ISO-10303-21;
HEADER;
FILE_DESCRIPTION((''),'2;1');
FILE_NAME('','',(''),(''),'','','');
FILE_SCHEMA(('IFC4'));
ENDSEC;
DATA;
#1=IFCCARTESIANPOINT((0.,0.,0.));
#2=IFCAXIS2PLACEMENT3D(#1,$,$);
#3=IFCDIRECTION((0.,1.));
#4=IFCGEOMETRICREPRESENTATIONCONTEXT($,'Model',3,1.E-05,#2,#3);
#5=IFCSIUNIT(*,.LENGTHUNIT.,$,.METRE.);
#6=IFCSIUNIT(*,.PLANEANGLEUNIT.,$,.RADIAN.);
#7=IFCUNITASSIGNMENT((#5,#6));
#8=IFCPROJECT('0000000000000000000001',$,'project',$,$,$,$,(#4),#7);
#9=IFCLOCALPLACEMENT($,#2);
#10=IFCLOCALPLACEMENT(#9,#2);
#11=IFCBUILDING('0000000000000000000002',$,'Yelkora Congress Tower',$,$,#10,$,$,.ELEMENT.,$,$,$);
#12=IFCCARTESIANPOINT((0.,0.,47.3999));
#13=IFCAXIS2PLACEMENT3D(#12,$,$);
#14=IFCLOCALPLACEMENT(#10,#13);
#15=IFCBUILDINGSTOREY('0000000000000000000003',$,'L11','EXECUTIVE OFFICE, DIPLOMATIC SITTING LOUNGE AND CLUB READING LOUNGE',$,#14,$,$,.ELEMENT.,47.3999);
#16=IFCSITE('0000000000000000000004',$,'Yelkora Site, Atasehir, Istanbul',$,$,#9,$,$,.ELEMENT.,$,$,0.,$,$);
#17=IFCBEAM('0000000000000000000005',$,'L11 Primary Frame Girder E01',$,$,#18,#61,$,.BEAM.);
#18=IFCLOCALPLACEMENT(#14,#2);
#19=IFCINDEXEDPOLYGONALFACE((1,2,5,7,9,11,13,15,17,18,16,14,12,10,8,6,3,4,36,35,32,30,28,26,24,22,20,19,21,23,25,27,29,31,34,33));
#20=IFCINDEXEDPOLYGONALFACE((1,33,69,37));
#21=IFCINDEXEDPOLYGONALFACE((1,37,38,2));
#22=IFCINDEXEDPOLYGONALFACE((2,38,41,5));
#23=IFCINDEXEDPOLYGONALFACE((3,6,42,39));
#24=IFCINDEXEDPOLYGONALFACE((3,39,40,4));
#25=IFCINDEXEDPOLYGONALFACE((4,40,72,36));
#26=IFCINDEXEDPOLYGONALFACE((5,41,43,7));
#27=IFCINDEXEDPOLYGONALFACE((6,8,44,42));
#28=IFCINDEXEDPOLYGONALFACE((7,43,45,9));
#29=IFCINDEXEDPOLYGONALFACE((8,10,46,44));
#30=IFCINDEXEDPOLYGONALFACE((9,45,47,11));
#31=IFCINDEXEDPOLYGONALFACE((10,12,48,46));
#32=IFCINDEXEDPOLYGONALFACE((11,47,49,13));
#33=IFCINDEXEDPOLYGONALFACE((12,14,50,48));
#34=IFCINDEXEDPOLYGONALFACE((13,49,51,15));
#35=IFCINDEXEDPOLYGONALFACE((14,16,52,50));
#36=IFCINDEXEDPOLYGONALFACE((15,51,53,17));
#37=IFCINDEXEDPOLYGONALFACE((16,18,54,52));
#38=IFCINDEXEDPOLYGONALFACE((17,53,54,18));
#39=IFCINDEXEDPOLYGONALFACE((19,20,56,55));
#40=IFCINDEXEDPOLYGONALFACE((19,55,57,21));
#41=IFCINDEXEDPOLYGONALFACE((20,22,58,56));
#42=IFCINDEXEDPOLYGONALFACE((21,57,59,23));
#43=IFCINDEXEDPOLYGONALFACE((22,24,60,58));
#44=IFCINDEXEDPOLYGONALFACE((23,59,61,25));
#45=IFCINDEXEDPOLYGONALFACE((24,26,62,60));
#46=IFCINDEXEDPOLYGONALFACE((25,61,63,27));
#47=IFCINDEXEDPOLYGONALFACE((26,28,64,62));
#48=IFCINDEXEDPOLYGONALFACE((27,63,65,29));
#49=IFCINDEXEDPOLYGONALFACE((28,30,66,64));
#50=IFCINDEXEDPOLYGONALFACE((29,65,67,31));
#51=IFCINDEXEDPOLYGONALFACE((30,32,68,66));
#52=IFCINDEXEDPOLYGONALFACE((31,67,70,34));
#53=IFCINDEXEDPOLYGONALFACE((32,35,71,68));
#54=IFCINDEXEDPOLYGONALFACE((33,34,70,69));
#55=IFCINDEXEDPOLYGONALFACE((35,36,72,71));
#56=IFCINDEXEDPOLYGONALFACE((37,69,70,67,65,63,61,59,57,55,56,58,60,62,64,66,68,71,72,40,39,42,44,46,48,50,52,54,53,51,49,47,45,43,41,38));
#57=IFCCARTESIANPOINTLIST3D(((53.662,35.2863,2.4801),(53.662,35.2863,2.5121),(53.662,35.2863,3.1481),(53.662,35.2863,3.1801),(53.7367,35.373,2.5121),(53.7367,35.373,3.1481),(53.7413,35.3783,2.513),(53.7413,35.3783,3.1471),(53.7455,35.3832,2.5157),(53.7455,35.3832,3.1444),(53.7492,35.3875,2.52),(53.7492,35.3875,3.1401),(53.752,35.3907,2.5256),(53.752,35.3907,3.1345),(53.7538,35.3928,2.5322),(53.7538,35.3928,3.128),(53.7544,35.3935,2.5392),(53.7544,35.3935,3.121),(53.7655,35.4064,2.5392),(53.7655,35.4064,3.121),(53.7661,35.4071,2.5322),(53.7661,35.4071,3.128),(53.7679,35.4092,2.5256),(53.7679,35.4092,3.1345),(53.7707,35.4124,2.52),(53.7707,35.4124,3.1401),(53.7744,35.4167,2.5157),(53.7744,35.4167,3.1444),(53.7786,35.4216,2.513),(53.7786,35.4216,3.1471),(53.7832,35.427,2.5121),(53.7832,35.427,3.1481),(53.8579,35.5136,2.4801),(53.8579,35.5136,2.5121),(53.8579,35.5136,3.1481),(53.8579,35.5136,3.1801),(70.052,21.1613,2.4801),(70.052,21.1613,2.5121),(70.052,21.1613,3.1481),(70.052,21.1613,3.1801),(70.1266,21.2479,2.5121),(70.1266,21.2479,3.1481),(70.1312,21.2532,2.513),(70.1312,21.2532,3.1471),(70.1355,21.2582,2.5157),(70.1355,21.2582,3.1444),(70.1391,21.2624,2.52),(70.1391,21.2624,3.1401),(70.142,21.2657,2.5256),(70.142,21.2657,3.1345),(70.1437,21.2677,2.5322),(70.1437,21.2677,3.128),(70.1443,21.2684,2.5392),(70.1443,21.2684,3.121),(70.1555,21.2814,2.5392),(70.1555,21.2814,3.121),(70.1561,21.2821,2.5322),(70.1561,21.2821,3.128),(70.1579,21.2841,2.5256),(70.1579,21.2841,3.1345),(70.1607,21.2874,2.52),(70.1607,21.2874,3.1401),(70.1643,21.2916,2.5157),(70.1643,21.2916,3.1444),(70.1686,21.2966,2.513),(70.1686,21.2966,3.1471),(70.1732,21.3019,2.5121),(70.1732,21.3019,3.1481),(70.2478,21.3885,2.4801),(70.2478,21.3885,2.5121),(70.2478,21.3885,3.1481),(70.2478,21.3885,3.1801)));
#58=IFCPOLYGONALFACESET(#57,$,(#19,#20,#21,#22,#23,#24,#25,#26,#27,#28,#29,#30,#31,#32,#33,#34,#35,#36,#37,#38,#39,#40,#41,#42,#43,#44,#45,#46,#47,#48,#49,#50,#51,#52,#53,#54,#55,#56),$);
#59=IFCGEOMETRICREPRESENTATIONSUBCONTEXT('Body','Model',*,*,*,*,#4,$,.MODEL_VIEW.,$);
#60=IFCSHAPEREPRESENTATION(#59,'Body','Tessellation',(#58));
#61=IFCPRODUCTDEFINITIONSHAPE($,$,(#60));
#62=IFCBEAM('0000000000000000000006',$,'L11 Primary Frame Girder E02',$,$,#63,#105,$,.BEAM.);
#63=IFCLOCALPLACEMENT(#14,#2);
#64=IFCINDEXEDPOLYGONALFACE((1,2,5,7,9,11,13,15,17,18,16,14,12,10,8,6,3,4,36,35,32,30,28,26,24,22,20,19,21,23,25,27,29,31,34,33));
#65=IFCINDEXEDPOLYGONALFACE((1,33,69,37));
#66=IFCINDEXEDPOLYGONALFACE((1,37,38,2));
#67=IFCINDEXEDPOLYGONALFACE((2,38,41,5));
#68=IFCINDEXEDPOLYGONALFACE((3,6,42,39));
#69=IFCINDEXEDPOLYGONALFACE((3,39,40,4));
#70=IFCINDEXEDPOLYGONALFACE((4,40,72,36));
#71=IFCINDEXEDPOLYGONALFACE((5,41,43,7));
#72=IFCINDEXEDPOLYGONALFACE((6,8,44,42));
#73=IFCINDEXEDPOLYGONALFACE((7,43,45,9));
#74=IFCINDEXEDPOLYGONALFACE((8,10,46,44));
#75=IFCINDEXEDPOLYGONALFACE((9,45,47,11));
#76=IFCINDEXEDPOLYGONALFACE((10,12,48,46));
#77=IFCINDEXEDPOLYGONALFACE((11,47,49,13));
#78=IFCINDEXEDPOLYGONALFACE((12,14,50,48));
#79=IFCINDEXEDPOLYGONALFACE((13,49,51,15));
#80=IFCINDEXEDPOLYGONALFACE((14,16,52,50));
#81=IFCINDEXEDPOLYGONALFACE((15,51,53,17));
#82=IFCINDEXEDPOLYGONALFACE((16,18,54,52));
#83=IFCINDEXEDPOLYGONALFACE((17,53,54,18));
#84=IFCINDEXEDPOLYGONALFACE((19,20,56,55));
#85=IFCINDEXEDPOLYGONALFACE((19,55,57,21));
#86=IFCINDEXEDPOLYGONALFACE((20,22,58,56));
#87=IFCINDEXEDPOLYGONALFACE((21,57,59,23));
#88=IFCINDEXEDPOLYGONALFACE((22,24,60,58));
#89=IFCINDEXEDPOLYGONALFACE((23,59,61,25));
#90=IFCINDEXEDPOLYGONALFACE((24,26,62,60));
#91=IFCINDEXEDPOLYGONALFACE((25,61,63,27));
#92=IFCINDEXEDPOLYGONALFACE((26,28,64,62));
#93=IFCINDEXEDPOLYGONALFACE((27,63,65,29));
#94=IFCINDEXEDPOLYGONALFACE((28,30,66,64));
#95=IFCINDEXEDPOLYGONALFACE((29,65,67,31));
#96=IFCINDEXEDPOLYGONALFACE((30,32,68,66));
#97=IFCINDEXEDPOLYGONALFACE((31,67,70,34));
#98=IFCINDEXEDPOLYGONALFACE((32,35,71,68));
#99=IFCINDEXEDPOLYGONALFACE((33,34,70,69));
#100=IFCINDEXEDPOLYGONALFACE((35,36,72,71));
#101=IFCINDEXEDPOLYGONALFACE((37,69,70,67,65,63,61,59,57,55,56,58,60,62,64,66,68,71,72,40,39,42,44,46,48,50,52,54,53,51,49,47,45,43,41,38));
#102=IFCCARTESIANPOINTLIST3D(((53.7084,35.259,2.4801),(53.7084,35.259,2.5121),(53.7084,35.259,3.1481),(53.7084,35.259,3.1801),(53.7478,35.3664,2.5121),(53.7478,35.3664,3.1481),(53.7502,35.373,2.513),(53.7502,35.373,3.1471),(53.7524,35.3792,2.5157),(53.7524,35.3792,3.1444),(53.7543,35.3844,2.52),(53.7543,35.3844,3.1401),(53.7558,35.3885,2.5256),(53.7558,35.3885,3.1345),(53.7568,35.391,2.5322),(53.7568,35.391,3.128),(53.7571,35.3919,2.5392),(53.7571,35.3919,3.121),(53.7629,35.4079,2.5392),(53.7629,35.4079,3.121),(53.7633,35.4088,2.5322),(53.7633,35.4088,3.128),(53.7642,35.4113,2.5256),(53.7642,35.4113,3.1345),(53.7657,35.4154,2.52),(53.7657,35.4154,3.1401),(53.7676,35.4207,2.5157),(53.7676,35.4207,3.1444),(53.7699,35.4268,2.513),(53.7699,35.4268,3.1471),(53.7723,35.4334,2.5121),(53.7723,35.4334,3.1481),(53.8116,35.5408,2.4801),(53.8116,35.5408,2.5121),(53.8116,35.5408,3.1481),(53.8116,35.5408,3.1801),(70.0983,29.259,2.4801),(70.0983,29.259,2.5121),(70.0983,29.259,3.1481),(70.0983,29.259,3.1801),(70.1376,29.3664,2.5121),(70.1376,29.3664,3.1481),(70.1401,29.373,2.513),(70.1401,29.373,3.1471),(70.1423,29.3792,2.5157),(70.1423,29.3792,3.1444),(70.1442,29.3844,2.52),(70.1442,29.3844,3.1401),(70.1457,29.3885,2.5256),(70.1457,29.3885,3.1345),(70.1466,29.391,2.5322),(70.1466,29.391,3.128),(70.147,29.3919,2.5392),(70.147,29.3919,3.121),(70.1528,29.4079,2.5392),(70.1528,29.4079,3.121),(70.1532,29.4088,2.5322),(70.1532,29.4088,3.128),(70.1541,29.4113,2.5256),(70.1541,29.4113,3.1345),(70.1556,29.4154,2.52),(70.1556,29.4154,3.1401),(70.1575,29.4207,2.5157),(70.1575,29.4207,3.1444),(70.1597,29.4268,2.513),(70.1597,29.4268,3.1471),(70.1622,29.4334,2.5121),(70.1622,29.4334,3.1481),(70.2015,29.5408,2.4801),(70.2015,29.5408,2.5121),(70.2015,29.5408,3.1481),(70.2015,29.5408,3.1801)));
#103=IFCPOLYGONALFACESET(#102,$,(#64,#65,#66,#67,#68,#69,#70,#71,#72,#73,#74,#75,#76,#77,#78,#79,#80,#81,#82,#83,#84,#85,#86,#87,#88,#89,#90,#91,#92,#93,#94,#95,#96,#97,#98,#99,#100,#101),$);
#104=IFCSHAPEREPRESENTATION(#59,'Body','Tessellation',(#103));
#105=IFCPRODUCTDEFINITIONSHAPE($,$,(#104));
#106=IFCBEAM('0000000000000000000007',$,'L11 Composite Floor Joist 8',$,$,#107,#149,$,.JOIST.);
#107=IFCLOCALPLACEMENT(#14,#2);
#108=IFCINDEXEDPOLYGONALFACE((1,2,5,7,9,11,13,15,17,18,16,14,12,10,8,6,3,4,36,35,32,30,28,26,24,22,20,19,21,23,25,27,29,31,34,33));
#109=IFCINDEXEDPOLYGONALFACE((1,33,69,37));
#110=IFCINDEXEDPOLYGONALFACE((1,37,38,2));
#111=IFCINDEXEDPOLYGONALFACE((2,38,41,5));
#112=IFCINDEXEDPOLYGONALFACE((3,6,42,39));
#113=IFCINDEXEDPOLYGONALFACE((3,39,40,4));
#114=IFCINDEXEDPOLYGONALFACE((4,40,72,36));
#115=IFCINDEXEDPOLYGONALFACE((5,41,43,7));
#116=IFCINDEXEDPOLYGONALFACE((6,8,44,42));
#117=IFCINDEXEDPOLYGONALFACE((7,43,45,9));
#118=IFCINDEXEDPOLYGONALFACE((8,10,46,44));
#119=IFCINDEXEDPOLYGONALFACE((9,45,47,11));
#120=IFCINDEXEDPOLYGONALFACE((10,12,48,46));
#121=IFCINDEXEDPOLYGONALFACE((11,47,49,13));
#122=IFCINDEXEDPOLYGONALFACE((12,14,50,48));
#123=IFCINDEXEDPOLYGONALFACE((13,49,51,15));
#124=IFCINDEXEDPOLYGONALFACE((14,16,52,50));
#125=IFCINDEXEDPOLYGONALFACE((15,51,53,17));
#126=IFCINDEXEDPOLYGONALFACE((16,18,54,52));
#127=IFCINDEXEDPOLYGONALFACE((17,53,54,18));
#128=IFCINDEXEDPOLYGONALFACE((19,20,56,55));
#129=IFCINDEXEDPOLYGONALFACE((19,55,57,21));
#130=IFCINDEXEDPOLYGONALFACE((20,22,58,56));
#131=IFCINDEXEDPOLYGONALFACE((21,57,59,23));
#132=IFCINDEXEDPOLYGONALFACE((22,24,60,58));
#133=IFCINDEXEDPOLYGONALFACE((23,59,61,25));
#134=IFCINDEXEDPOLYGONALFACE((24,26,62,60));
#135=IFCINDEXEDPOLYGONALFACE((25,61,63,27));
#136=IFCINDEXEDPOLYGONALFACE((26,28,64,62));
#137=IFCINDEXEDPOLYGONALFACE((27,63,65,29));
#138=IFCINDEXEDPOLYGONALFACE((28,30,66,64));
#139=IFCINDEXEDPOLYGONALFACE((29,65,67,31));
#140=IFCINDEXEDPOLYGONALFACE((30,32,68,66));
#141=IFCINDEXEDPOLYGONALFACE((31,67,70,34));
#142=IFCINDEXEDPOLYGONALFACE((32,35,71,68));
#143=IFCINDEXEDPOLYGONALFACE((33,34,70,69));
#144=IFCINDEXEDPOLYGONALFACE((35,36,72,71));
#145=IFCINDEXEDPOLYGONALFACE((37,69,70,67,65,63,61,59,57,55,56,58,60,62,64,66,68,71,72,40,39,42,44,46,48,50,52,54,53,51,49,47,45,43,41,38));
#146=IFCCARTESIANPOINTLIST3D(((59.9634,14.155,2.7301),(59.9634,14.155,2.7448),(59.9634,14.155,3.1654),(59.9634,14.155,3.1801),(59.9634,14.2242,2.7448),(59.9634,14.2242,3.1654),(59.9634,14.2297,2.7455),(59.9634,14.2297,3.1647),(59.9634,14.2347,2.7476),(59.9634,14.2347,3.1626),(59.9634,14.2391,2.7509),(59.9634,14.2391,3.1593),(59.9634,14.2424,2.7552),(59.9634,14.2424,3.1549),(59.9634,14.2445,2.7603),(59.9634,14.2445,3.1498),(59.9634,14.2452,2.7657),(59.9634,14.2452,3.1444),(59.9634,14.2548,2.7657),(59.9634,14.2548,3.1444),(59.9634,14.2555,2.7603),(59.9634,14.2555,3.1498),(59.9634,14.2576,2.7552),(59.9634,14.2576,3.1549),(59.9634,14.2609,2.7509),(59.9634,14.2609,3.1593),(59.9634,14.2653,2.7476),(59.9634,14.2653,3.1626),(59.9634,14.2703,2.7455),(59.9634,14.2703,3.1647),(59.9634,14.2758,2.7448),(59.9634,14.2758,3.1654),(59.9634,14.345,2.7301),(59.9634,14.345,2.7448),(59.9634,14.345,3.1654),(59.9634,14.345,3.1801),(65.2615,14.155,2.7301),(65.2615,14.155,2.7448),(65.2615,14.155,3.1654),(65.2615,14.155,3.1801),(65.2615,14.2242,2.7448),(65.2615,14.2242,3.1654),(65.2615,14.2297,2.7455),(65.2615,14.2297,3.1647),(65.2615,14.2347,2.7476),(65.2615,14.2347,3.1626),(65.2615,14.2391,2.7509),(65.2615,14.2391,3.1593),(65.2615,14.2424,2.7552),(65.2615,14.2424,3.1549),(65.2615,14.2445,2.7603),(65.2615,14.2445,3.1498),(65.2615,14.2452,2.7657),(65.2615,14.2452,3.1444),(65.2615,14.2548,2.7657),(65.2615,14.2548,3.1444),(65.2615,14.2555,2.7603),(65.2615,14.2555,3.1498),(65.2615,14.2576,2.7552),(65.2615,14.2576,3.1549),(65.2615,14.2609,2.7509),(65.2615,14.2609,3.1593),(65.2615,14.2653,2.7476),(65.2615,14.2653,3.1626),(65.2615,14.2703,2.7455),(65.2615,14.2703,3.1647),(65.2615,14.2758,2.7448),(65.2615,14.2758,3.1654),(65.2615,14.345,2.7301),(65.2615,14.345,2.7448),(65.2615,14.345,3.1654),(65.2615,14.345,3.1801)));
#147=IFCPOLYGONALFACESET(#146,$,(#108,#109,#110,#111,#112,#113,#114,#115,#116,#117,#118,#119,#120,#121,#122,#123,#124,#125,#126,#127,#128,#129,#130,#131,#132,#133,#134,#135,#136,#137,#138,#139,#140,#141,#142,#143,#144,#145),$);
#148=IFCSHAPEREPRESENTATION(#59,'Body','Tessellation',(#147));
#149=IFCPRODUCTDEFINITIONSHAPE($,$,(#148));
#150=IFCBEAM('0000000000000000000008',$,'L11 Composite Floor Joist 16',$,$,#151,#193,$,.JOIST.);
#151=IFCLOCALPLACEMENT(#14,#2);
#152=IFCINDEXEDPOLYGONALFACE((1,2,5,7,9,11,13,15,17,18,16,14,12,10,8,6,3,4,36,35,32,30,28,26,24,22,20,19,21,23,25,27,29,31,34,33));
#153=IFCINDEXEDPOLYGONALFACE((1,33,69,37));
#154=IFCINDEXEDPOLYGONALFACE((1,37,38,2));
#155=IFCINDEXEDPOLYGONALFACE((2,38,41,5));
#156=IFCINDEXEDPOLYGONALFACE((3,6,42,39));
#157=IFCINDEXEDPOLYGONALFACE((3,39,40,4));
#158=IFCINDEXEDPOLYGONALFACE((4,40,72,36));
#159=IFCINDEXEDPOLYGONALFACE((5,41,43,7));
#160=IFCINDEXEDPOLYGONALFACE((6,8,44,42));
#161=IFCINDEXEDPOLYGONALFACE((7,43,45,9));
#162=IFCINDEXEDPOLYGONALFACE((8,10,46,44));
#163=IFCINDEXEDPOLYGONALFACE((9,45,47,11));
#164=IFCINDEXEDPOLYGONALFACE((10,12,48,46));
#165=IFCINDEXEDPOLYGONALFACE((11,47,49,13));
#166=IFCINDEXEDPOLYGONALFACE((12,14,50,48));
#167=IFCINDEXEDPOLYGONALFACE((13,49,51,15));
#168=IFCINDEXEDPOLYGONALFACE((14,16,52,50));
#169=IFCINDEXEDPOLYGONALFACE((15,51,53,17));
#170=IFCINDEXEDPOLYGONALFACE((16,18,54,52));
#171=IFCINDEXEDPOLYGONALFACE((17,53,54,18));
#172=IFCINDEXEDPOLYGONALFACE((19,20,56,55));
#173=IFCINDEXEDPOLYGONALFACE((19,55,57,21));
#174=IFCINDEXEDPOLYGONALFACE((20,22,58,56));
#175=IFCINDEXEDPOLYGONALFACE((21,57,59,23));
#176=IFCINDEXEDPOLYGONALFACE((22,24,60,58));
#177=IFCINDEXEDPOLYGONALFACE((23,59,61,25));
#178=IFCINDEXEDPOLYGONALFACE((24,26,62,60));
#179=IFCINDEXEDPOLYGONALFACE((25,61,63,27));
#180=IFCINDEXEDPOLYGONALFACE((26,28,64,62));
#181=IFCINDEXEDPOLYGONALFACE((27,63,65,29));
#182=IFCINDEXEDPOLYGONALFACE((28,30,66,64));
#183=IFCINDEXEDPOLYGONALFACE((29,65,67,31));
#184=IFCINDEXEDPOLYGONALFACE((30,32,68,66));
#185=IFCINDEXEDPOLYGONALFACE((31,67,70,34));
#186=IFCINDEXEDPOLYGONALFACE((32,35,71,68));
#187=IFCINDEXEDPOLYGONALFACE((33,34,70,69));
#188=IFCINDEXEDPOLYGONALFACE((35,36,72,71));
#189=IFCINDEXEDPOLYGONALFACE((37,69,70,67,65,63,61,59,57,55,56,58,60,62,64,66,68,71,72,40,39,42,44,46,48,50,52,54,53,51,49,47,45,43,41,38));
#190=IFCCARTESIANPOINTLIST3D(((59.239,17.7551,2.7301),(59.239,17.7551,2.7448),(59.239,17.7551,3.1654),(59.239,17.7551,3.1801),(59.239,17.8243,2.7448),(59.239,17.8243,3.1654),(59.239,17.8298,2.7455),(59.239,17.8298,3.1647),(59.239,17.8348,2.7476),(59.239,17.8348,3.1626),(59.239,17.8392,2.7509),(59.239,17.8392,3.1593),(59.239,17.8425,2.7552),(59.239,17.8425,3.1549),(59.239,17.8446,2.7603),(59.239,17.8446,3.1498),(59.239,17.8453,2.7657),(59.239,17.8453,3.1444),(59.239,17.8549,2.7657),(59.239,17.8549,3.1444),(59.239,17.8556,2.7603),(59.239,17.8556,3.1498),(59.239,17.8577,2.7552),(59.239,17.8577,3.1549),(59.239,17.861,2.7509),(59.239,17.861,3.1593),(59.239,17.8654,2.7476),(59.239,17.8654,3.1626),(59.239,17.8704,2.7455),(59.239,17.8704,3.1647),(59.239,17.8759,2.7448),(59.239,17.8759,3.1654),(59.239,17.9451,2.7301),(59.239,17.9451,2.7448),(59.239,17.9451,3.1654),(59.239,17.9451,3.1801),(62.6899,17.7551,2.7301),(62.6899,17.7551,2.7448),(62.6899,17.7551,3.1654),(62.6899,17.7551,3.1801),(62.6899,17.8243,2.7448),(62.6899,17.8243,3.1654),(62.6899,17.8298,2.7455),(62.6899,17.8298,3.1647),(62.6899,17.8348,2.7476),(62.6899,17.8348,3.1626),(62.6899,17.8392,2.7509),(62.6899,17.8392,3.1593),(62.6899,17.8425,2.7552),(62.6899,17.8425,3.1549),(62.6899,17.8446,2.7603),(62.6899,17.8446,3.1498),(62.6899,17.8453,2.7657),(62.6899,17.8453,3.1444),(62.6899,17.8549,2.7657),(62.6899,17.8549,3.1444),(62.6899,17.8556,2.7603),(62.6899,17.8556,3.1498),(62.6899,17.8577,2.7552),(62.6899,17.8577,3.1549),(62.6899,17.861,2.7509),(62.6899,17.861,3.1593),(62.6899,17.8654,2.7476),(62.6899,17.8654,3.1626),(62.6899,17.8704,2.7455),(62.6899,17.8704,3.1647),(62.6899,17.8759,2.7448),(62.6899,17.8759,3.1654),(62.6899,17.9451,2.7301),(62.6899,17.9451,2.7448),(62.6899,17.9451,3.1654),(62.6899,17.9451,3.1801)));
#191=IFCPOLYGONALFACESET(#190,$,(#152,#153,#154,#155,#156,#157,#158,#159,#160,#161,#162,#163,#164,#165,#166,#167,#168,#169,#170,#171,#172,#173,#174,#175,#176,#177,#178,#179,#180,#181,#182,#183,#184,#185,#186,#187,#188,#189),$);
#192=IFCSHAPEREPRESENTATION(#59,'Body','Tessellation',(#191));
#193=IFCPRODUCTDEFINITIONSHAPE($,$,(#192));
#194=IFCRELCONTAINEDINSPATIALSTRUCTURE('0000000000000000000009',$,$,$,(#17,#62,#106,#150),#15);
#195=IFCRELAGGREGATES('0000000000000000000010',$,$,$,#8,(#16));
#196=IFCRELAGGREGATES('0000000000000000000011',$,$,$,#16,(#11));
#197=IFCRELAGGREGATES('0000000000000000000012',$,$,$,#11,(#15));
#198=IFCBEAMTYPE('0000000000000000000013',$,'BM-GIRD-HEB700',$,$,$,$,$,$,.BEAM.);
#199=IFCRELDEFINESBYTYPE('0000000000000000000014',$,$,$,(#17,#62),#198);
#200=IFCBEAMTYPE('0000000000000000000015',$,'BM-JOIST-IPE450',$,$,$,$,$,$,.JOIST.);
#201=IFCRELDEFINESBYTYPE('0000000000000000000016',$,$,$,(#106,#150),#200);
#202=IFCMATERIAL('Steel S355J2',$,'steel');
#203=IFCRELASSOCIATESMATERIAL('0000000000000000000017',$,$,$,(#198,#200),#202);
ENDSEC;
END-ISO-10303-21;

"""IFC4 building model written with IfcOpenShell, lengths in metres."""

from ifc_helpers import new_model, si_unit, direction, frame, origin, origin_2d, place, context, subcontext, project, spatial, i_section, extrude, material, material_profile, profile_set, type_object, element, save


model = new_model("IFC4")

# Units and contexts
model_context = context("Model", 3, precision=1e-05, world=origin(), true_north=direction((0.0, 1.0)))
body_context = subcontext(model_context, "Body", "Model", "MODEL_VIEW")
ifc_project = project(units=[si_unit("LENGTHUNIT", "METRE"), si_unit("PLANEANGLEUNIT", "RADIAN")], contexts=[model_context])

# Site, building, storey
site_placement = place(None, origin())
site = spatial("IfcSite", under=ifc_project, at=site_placement, Name="Yelkora Site, Atasehir, Istanbul", CompositionType="ELEMENT", RefElevation=0.0)
building_placement = place(site_placement, origin())
building = spatial("IfcBuilding", under=site, at=building_placement, Name="Yelkora Congress Tower", CompositionType="ELEMENT")
storey_placement = place(building_placement, frame((0.0, 0.0, 47.3999)))
storey = spatial("IfcBuildingStorey", under=building, at=storey_placement, Name="L11", Description="EXECUTIVE OFFICE, DIPLOMATIC SITTING LOUNGE AND CLUB READING LOUNGE", CompositionType="ELEMENT", Elevation=47.3999)

# Beams
ifc_material_1 = material(Name="Steel S355J2", Category="steel")
ifc_material_profile_1 = material_profile(ifc_material_1, i_section(OverallWidth=0.3, OverallDepth=0.7, WebThickness=0.0171, FlangeThickness=0.032, FilletRadius=0.0271, at=origin_2d()), Name="HEB 700")
ifc_profile_set_1 = profile_set([ifc_material_profile_1], Name="Steel S355J2")
beam_type_1 = type_object("IfcBeamType", Name="BM-GIRD-HEB700", PredefinedType="BEAM", material=ifc_profile_set_1)
beam_1_placement = place(storey_placement, frame((70.1499, 21.2749, 2.8301), z_axis=(-0.757506, 0.652828, 0.0), x_axis=(-0.652828, -0.757506, 0.0)))
element("IfcBeam", 1, at=beam_1_placement, inside=storey, type_object=beam_type_1, Name="L11 Primary Frame Girder E01", PredefinedType="BEAM", context=body_context, shape_type="SweptSolid", body=[
    extrude(i_section(OverallWidth=0.3, OverallDepth=0.7, WebThickness=0.0171, FlangeThickness=0.032, FilletRadius=0.0271, at=origin_2d()), origin(), (0.0, 0.0, 1.0), 21.6367),
])
beam_2_placement = place(storey_placement, frame((70.1499, 29.3999, 2.8301), z_axis=(-0.939054, 0.343768, 0.0), x_axis=(-0.343768, -0.939054, 0.0)))
element("IfcBeam", 2, at=beam_2_placement, inside=storey, type_object=beam_type_1, Name="L11 Primary Frame Girder E02", PredefinedType="BEAM", context=body_context, shape_type="SweptSolid", body=[
    extrude(i_section(OverallWidth=0.3, OverallDepth=0.7, WebThickness=0.0171, FlangeThickness=0.032, FilletRadius=0.0271, at=origin_2d()), origin(), (0.0, 0.0, 1.0), 17.4536),
])
ifc_material_profile_2 = material_profile(ifc_material_1, i_section(OverallWidth=0.1899, OverallDepth=0.45, WebThickness=0.0095, FlangeThickness=0.0146, FilletRadius=0.021, at=origin_2d()), Name="IPE 450")
ifc_profile_set_2 = profile_set([ifc_material_profile_2], Name="Steel S355J2")
beam_type_2 = type_object("IfcBeamType", Name="BM-JOIST-IPE450", PredefinedType="JOIST", material=ifc_profile_set_2)
beam_3_placement = place(storey_placement, frame((59.9634, 14.25, 2.9551), z_axis=(1.0, 0.0, 0.0), x_axis=(0.0, 1.0, 0.0)))
element("IfcBeam", 3, at=beam_3_placement, inside=storey, type_object=beam_type_2, Name="L11 Composite Floor Joist 8", PredefinedType="JOIST", context=body_context, shape_type="SweptSolid", body=[
    extrude(i_section(OverallWidth=0.1899, OverallDepth=0.45, WebThickness=0.0095, FlangeThickness=0.0146, FilletRadius=0.021, at=origin_2d()), origin(), (0.0, 0.0, 1.0), 5.2981),
])
beam_4_placement = place(storey_placement, frame((59.239, 17.8501, 2.9551), z_axis=(1.0, 0.0, 0.0), x_axis=(0.0, 1.0, 0.0)))
element("IfcBeam", 4, at=beam_4_placement, inside=storey, type_object=beam_type_2, Name="L11 Composite Floor Joist 16", PredefinedType="JOIST", context=body_context, shape_type="SweptSolid", body=[
    extrude(i_section(OverallWidth=0.1899, OverallDepth=0.45, WebThickness=0.0095, FlangeThickness=0.0146, FilletRadius=0.021, at=origin_2d()), origin(), (0.0, 0.0, 1.0), 3.4509),
])

save(model, "model.ifc")
